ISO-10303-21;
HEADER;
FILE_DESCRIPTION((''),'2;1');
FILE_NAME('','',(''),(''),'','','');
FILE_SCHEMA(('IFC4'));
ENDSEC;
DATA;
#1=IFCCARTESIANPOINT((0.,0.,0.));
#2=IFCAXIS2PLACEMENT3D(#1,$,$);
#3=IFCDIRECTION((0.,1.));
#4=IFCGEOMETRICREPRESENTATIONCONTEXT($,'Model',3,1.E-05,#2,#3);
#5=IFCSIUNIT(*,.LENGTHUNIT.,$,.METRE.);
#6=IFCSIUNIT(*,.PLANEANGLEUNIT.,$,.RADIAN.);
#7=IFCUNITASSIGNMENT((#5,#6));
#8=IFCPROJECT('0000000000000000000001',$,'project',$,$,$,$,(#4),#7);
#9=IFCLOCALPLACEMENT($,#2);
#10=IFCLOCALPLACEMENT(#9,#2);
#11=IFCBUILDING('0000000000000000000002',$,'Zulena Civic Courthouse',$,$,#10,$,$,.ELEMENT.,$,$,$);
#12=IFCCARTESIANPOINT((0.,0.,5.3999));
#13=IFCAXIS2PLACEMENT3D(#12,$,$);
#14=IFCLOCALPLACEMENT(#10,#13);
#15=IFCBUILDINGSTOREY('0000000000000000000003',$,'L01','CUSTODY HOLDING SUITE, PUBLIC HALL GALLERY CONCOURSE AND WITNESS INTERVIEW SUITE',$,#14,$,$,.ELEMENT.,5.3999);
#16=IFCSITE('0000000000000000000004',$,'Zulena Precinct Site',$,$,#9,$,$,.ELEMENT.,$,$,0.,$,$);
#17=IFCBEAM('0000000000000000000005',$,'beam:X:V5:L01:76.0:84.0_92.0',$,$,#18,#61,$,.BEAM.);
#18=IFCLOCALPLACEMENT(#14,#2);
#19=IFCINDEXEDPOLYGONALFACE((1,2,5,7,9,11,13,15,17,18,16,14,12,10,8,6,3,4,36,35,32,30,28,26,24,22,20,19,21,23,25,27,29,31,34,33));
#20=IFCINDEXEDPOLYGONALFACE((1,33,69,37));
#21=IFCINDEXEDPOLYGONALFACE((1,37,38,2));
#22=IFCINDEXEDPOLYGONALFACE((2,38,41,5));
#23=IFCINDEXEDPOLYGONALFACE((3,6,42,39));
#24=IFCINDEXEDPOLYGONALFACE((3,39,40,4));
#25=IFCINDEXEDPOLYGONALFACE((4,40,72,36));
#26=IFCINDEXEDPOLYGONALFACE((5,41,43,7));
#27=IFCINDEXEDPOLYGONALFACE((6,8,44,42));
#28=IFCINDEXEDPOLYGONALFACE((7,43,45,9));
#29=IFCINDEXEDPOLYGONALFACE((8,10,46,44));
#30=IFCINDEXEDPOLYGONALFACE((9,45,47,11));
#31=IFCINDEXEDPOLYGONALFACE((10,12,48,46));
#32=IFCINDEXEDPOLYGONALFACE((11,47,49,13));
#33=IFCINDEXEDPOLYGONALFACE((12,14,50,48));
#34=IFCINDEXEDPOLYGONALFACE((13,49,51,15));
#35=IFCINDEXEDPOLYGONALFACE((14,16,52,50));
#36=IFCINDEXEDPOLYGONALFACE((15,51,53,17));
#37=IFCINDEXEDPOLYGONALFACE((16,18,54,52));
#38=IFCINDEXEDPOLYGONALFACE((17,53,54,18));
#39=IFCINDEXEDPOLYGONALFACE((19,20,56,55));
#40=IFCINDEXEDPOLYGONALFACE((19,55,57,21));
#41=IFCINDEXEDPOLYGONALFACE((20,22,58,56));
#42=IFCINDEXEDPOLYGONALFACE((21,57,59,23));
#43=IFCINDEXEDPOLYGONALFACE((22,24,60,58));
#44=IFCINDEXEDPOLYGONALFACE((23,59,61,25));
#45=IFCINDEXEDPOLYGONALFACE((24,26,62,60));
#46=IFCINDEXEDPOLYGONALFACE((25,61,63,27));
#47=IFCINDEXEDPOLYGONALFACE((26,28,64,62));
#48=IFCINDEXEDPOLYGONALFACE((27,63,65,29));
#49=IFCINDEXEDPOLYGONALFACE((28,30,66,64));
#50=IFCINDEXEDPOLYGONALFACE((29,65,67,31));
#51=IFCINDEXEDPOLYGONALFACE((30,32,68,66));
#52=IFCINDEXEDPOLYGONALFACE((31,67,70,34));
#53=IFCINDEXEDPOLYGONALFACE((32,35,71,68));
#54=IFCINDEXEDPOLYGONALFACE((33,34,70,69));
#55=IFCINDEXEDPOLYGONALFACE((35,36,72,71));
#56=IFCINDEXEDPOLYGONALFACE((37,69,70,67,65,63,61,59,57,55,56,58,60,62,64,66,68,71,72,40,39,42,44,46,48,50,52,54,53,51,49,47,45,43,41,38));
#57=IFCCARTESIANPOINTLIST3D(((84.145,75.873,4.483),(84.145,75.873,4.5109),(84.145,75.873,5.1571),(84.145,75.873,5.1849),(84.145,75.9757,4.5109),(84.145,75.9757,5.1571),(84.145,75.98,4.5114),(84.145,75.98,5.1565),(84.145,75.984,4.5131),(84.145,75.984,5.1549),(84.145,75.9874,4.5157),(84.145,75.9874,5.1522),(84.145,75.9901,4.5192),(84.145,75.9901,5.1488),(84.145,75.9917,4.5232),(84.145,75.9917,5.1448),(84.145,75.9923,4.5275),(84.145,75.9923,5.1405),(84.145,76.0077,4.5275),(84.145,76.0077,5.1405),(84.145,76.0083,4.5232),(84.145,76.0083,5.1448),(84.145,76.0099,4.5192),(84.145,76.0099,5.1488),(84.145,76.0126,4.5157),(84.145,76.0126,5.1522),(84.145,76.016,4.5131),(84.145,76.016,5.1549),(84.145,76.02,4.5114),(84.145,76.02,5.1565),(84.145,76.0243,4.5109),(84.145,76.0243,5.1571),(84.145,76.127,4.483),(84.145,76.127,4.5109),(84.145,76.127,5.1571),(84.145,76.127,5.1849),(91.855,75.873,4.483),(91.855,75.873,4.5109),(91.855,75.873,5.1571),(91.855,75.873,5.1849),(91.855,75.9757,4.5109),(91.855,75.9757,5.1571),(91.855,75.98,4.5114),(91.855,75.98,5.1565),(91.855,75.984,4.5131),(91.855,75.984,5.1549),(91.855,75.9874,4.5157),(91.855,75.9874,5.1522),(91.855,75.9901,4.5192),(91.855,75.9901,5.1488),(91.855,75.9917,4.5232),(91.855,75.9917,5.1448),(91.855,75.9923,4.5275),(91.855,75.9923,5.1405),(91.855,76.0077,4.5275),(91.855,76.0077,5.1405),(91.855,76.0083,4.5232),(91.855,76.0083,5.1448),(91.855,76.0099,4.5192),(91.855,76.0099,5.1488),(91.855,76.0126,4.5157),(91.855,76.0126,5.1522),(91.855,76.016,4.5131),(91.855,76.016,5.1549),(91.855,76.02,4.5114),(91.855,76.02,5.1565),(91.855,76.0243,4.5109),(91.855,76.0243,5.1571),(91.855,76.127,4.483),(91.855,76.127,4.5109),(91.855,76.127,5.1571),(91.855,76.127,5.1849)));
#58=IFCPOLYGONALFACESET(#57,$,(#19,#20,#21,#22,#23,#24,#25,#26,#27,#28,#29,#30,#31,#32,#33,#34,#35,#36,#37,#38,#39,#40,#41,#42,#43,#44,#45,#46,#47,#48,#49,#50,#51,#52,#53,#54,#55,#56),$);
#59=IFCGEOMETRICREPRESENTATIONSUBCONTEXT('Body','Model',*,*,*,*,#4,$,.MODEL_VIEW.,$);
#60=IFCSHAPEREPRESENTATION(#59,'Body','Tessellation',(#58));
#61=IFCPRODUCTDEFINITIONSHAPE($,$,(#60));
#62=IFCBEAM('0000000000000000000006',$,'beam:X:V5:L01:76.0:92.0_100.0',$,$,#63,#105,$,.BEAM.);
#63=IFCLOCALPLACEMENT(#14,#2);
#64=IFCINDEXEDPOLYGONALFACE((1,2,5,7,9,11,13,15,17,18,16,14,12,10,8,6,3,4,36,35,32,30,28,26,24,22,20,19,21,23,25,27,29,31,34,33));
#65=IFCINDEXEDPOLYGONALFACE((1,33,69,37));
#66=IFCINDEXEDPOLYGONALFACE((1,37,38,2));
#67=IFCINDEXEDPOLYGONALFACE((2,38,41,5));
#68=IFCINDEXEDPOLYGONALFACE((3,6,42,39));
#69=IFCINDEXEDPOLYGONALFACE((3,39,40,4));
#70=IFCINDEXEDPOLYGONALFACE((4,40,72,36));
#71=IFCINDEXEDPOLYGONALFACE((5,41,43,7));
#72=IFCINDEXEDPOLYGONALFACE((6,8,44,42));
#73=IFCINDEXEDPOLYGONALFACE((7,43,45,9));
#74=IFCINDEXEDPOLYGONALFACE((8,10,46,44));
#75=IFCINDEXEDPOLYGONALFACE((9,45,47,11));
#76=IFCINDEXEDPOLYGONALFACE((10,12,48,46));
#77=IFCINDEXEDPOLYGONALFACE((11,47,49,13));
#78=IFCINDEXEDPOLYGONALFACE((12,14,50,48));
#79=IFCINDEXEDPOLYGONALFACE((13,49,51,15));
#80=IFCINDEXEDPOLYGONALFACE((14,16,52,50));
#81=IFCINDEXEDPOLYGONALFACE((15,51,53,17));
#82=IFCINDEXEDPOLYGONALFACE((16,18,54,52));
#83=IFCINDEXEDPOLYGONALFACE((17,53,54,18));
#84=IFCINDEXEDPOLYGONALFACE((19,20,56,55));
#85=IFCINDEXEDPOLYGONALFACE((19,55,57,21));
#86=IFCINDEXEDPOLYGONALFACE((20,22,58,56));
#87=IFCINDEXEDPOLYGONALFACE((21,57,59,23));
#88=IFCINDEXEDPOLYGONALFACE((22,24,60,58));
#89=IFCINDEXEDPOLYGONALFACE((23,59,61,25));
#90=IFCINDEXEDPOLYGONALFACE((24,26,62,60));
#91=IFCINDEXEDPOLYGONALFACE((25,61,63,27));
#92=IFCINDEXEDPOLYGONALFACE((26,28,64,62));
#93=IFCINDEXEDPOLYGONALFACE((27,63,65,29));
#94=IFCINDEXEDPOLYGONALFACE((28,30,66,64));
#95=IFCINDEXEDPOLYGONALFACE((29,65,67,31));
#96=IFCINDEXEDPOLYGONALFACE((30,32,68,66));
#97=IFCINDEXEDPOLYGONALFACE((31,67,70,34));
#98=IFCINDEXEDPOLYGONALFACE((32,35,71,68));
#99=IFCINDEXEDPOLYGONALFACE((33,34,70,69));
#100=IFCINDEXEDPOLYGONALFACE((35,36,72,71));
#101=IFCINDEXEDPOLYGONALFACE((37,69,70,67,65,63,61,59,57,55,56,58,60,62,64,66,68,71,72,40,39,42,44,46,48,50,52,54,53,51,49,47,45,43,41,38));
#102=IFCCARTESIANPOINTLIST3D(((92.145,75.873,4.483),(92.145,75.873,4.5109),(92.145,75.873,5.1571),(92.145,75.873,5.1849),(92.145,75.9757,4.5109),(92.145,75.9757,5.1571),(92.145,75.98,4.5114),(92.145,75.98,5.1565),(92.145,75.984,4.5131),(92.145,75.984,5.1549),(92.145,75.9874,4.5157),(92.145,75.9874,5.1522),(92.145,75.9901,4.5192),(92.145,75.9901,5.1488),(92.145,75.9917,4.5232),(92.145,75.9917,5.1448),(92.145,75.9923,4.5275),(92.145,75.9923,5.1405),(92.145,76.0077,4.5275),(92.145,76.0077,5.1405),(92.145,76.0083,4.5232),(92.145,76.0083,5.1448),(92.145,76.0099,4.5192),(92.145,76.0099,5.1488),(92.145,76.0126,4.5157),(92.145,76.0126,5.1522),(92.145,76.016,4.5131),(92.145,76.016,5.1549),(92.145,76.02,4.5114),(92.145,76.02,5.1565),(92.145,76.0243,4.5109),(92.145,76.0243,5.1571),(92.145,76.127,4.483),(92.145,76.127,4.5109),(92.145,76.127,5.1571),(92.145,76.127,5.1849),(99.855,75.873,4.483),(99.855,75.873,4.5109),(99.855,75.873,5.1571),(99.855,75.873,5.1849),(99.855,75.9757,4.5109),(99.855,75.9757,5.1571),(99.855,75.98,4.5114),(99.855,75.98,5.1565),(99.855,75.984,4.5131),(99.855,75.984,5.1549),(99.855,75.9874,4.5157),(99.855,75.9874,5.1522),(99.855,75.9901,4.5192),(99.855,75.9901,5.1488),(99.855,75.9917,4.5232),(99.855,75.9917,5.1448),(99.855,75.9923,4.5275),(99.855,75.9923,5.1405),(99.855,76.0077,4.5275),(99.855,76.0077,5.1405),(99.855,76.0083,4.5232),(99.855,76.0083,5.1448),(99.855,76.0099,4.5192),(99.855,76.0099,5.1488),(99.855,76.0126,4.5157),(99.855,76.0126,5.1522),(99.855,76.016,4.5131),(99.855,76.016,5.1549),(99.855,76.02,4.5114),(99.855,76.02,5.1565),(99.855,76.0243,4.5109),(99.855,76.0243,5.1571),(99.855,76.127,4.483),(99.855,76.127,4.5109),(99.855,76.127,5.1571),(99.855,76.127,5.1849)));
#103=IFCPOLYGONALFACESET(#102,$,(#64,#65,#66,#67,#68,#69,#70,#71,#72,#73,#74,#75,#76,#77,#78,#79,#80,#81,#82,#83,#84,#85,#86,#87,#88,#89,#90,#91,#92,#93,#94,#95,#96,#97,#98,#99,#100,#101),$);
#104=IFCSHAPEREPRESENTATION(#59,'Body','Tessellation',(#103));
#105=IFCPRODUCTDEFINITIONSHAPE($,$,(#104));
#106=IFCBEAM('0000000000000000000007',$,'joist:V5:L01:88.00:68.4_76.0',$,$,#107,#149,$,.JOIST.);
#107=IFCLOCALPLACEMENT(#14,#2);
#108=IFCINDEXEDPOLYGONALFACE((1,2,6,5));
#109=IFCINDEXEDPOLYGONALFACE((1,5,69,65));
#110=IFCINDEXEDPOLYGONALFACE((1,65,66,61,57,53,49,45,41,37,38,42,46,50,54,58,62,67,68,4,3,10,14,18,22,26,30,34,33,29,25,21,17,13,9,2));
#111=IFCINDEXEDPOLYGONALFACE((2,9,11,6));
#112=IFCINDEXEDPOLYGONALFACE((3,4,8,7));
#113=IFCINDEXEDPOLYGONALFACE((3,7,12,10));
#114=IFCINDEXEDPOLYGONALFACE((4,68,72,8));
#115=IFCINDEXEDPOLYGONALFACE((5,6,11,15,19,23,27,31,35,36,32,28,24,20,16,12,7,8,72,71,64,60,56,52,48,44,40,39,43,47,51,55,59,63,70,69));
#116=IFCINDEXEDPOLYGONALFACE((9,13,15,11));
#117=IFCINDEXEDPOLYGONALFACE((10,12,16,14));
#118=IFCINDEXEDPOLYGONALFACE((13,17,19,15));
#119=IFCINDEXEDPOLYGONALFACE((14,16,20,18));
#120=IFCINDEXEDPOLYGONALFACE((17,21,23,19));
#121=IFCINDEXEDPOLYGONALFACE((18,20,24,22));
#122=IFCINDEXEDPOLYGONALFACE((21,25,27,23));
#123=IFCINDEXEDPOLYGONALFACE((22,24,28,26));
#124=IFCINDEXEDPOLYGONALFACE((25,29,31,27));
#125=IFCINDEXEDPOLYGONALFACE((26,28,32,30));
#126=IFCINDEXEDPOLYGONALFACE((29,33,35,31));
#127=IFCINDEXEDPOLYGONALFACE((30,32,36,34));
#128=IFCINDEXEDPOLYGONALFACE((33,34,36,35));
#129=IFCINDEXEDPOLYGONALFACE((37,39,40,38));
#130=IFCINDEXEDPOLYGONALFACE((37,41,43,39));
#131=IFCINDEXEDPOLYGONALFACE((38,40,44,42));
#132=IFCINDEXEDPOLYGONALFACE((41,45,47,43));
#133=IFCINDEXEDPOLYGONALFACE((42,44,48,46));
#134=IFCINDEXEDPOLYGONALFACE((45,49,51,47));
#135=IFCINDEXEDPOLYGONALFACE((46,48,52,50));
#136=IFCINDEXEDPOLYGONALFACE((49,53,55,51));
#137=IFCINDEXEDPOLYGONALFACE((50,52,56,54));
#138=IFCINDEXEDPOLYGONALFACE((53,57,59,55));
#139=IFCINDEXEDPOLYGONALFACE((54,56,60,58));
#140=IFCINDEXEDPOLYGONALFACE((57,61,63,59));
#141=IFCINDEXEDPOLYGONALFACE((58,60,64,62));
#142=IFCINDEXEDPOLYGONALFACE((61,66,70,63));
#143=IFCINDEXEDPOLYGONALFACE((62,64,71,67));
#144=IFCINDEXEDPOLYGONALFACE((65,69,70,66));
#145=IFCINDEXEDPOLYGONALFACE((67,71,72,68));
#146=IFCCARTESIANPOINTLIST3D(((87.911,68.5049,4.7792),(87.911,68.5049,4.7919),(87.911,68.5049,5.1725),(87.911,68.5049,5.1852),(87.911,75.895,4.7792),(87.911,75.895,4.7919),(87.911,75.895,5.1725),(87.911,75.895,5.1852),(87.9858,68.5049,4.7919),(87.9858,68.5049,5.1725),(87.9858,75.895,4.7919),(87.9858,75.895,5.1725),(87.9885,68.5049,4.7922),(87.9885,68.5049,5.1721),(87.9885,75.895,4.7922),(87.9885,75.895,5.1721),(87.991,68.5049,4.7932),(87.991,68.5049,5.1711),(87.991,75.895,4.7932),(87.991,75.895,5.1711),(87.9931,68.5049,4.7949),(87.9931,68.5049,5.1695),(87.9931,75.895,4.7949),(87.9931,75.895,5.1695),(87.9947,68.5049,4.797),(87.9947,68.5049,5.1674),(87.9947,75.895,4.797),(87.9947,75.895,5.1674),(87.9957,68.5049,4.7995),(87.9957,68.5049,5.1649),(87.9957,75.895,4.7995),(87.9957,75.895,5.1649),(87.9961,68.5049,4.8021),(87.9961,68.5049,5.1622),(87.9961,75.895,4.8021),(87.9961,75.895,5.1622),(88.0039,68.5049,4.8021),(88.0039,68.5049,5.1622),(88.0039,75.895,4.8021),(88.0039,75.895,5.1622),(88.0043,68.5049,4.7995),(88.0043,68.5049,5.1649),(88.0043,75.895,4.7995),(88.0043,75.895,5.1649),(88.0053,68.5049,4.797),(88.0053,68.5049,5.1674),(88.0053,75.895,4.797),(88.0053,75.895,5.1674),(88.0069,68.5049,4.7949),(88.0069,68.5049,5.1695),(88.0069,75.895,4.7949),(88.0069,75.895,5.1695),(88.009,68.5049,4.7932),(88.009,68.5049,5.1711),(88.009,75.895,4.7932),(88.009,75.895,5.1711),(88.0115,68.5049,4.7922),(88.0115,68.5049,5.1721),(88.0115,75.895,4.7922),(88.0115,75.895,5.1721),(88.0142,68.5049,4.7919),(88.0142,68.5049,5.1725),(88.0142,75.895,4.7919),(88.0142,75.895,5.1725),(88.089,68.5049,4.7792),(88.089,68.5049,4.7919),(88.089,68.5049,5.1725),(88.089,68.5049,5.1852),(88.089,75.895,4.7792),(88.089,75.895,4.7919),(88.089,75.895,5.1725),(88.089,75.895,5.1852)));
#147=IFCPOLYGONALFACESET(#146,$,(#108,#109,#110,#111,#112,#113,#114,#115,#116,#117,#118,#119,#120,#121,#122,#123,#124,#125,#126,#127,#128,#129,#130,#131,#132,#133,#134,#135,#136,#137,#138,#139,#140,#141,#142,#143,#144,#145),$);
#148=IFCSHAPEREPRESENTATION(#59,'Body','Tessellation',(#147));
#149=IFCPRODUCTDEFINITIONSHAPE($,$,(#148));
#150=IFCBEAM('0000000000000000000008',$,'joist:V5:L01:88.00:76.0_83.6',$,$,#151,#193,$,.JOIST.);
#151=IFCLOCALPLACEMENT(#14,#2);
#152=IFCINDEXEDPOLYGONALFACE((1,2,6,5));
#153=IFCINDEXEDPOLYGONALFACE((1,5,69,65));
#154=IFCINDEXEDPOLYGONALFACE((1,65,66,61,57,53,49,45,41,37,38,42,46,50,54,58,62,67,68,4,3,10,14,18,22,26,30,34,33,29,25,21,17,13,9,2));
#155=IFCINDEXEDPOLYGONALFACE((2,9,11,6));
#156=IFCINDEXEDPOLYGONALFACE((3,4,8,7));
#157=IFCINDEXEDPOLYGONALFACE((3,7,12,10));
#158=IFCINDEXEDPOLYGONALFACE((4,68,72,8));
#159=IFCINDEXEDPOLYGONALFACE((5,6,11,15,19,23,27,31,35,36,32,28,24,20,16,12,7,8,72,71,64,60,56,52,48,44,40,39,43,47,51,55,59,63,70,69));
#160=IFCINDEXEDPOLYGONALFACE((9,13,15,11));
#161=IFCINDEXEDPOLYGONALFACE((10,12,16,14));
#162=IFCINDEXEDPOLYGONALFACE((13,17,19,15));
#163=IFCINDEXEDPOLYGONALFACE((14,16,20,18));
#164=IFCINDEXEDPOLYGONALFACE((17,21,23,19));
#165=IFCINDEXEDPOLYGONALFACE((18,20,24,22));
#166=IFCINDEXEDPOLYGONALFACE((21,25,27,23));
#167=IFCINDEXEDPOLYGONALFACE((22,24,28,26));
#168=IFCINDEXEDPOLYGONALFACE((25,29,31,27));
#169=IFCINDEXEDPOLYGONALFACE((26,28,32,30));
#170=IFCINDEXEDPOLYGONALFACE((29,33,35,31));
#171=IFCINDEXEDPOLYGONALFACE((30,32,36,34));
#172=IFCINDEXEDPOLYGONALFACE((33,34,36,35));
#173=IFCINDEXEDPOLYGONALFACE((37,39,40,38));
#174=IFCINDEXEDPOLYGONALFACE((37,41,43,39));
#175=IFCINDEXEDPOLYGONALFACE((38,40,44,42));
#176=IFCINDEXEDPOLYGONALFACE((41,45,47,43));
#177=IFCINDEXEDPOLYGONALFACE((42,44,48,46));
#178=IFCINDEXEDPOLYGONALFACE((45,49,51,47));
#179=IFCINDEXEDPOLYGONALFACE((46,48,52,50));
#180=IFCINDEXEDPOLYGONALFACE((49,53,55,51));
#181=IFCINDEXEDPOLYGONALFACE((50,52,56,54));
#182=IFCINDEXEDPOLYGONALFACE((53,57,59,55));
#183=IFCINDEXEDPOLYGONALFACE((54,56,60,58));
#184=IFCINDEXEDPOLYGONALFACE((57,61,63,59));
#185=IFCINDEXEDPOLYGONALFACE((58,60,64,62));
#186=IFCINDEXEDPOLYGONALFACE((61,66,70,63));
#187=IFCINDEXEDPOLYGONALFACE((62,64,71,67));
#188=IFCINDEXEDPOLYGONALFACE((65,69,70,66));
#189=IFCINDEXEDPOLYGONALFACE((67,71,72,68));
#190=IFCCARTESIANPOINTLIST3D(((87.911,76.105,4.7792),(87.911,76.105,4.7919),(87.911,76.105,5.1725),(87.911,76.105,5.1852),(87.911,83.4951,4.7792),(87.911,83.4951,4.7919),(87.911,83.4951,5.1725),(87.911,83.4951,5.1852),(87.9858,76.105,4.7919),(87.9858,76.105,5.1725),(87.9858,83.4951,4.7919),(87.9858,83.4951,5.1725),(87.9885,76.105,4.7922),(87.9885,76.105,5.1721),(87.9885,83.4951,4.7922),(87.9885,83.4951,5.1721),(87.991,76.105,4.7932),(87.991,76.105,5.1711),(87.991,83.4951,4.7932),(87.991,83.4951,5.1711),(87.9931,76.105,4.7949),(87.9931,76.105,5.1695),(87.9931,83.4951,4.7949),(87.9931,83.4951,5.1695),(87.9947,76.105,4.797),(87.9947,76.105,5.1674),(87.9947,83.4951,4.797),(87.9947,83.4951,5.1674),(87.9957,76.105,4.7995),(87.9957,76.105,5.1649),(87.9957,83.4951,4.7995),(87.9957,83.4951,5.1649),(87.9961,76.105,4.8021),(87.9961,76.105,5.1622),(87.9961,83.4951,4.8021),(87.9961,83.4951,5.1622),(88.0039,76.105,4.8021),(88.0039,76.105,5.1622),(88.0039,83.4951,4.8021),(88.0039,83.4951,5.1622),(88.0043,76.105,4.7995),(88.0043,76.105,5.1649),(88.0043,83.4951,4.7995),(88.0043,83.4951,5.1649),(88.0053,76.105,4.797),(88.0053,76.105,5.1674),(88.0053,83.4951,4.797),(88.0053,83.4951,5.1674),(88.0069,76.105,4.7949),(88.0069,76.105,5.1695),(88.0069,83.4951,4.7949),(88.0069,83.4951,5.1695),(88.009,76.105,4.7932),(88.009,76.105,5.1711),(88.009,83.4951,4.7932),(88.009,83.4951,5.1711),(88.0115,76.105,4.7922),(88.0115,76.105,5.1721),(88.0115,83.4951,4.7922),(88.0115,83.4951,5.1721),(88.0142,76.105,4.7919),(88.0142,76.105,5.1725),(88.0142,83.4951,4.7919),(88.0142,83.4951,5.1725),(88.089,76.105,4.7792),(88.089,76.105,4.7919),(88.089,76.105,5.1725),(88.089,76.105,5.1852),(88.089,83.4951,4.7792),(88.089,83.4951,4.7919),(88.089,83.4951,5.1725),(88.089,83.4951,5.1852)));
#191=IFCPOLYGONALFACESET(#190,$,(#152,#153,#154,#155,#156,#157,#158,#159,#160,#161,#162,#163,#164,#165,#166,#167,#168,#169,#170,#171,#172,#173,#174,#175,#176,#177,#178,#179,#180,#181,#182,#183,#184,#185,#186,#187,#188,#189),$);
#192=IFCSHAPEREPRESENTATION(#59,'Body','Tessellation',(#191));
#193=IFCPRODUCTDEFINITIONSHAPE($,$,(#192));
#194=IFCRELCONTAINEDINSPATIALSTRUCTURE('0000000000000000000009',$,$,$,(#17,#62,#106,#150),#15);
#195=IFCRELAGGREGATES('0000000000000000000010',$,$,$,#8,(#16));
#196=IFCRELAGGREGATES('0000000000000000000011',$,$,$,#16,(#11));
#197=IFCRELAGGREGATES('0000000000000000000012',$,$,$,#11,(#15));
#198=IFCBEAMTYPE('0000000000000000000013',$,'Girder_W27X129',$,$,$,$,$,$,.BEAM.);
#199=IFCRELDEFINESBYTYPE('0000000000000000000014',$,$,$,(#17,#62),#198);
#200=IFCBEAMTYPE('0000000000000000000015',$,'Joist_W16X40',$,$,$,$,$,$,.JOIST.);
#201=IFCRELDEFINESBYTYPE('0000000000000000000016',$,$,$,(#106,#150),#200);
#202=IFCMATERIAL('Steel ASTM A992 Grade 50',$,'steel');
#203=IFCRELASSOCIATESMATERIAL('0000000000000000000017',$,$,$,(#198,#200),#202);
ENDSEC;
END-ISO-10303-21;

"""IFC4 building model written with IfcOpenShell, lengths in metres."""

from ifc_helpers import new_model, si_unit, direction, frame, origin, origin_2d, place, context, subcontext, project, spatial, i_section, extrude, material, material_profile, profile_set, type_object, element, save


model = new_model("IFC4")

# Units and contexts
model_context = context("Model", 3, precision=1e-05, world=origin(), true_north=direction((0.0, 1.0)))
body_context = subcontext(model_context, "Body", "Model", "MODEL_VIEW")
ifc_project = project(units=[si_unit("LENGTHUNIT", "METRE"), si_unit("PLANEANGLEUNIT", "RADIAN")], contexts=[model_context])

# Site, building, storey
site_placement = place(None, origin())
site = spatial("IfcSite", under=ifc_project, at=site_placement, Name="Zulena Precinct Site", CompositionType="ELEMENT", RefElevation=0.0)
building_placement = place(site_placement, origin())
building = spatial("IfcBuilding", under=site, at=building_placement, Name="Zulena Civic Courthouse", CompositionType="ELEMENT")
storey_placement = place(building_placement, frame((0.0, 0.0, 5.3999)))
storey = spatial("IfcBuildingStorey", under=building, at=storey_placement, Name="L01", Description="CUSTODY HOLDING SUITE, PUBLIC HALL GALLERY CONCOURSE AND WITNESS INTERVIEW SUITE", CompositionType="ELEMENT", Elevation=5.3999)

# Shared definitions
ifc_material_1 = material(Name="Steel ASTM A992 Grade 50", Category="steel")

# Beams
ifc_material_profile_1 = material_profile(ifc_material_1, i_section(OverallWidth=0.2539, OverallDepth=0.7019, WebThickness=0.0154, FlangeThickness=0.0278, FilletRadius=0.0166, at=origin_2d()), Name="W27X129")
ifc_profile_set_1 = profile_set([ifc_material_profile_1], Name="Steel ASTM A992 Grade 50")
beam_type_1 = type_object("IfcBeamType", Name="Girder_W27X129", PredefinedType="BEAM", material=ifc_profile_set_1)
for number, where, z_axis, x_axis, name in (
    (1, (84.145, 76.0, 4.834), (1.0, 0.0, 0.0), (0.0, 1.0, 0.0), "beam:X:V5:L01:76.0:84.0_92.0"),
    (2, (92.145, 76.0, 4.834), (1.0, 0.0, 0.0), (0.0, 1.0, 0.0), "beam:X:V5:L01:76.0:92.0_100.0"),
):
    element("IfcBeam", number, at=place(storey_placement, frame(where, z_axis=z_axis, x_axis=x_axis)), inside=storey, type_object=beam_type_1, Name=name, PredefinedType="BEAM", context=body_context, shape_type="SweptSolid", body=[
        extrude(i_section(OverallWidth=0.2539, OverallDepth=0.7019, WebThickness=0.0154, FlangeThickness=0.0278, FilletRadius=0.0166, at=origin_2d()), origin(), (0.0, 0.0, 1.0), 7.71),
    ])
ifc_material_profile_2 = material_profile(ifc_material_1, i_section(OverallWidth=0.178, OverallDepth=0.406, WebThickness=0.0078, FlangeThickness=0.0127, FilletRadius=0.0103, at=origin_2d()), Name="W16X40")
ifc_profile_set_2 = profile_set([ifc_material_profile_2], Name="Steel ASTM A992 Grade 50")
beam_type_2 = type_object("IfcBeamType", Name="Joist_W16X40", PredefinedType="JOIST", material=ifc_profile_set_2)
for number, where, z_axis, x_axis, name in (
    (3, (88.0, 68.5049, 4.9822), (0.0, 1.0, 0.0), (-1.0, 0.0, 0.0), "joist:V5:L01:88.00:68.4_76.0"),
    (4, (88.0, 76.105, 4.9822), (0.0, 1.0, 0.0), (-1.0, 0.0, 0.0), "joist:V5:L01:88.00:76.0_83.6"),
):
    element("IfcBeam", number, at=place(storey_placement, frame(where, z_axis=z_axis, x_axis=x_axis)), inside=storey, type_object=beam_type_2, Name=name, PredefinedType="JOIST", context=body_context, shape_type="SweptSolid", body=[
        extrude(i_section(OverallWidth=0.178, OverallDepth=0.406, WebThickness=0.0078, FlangeThickness=0.0127, FilletRadius=0.0103, at=origin_2d()), origin(), (0.0, 0.0, 1.0), 7.3901),
    ])

save(model, "model.ifc")
